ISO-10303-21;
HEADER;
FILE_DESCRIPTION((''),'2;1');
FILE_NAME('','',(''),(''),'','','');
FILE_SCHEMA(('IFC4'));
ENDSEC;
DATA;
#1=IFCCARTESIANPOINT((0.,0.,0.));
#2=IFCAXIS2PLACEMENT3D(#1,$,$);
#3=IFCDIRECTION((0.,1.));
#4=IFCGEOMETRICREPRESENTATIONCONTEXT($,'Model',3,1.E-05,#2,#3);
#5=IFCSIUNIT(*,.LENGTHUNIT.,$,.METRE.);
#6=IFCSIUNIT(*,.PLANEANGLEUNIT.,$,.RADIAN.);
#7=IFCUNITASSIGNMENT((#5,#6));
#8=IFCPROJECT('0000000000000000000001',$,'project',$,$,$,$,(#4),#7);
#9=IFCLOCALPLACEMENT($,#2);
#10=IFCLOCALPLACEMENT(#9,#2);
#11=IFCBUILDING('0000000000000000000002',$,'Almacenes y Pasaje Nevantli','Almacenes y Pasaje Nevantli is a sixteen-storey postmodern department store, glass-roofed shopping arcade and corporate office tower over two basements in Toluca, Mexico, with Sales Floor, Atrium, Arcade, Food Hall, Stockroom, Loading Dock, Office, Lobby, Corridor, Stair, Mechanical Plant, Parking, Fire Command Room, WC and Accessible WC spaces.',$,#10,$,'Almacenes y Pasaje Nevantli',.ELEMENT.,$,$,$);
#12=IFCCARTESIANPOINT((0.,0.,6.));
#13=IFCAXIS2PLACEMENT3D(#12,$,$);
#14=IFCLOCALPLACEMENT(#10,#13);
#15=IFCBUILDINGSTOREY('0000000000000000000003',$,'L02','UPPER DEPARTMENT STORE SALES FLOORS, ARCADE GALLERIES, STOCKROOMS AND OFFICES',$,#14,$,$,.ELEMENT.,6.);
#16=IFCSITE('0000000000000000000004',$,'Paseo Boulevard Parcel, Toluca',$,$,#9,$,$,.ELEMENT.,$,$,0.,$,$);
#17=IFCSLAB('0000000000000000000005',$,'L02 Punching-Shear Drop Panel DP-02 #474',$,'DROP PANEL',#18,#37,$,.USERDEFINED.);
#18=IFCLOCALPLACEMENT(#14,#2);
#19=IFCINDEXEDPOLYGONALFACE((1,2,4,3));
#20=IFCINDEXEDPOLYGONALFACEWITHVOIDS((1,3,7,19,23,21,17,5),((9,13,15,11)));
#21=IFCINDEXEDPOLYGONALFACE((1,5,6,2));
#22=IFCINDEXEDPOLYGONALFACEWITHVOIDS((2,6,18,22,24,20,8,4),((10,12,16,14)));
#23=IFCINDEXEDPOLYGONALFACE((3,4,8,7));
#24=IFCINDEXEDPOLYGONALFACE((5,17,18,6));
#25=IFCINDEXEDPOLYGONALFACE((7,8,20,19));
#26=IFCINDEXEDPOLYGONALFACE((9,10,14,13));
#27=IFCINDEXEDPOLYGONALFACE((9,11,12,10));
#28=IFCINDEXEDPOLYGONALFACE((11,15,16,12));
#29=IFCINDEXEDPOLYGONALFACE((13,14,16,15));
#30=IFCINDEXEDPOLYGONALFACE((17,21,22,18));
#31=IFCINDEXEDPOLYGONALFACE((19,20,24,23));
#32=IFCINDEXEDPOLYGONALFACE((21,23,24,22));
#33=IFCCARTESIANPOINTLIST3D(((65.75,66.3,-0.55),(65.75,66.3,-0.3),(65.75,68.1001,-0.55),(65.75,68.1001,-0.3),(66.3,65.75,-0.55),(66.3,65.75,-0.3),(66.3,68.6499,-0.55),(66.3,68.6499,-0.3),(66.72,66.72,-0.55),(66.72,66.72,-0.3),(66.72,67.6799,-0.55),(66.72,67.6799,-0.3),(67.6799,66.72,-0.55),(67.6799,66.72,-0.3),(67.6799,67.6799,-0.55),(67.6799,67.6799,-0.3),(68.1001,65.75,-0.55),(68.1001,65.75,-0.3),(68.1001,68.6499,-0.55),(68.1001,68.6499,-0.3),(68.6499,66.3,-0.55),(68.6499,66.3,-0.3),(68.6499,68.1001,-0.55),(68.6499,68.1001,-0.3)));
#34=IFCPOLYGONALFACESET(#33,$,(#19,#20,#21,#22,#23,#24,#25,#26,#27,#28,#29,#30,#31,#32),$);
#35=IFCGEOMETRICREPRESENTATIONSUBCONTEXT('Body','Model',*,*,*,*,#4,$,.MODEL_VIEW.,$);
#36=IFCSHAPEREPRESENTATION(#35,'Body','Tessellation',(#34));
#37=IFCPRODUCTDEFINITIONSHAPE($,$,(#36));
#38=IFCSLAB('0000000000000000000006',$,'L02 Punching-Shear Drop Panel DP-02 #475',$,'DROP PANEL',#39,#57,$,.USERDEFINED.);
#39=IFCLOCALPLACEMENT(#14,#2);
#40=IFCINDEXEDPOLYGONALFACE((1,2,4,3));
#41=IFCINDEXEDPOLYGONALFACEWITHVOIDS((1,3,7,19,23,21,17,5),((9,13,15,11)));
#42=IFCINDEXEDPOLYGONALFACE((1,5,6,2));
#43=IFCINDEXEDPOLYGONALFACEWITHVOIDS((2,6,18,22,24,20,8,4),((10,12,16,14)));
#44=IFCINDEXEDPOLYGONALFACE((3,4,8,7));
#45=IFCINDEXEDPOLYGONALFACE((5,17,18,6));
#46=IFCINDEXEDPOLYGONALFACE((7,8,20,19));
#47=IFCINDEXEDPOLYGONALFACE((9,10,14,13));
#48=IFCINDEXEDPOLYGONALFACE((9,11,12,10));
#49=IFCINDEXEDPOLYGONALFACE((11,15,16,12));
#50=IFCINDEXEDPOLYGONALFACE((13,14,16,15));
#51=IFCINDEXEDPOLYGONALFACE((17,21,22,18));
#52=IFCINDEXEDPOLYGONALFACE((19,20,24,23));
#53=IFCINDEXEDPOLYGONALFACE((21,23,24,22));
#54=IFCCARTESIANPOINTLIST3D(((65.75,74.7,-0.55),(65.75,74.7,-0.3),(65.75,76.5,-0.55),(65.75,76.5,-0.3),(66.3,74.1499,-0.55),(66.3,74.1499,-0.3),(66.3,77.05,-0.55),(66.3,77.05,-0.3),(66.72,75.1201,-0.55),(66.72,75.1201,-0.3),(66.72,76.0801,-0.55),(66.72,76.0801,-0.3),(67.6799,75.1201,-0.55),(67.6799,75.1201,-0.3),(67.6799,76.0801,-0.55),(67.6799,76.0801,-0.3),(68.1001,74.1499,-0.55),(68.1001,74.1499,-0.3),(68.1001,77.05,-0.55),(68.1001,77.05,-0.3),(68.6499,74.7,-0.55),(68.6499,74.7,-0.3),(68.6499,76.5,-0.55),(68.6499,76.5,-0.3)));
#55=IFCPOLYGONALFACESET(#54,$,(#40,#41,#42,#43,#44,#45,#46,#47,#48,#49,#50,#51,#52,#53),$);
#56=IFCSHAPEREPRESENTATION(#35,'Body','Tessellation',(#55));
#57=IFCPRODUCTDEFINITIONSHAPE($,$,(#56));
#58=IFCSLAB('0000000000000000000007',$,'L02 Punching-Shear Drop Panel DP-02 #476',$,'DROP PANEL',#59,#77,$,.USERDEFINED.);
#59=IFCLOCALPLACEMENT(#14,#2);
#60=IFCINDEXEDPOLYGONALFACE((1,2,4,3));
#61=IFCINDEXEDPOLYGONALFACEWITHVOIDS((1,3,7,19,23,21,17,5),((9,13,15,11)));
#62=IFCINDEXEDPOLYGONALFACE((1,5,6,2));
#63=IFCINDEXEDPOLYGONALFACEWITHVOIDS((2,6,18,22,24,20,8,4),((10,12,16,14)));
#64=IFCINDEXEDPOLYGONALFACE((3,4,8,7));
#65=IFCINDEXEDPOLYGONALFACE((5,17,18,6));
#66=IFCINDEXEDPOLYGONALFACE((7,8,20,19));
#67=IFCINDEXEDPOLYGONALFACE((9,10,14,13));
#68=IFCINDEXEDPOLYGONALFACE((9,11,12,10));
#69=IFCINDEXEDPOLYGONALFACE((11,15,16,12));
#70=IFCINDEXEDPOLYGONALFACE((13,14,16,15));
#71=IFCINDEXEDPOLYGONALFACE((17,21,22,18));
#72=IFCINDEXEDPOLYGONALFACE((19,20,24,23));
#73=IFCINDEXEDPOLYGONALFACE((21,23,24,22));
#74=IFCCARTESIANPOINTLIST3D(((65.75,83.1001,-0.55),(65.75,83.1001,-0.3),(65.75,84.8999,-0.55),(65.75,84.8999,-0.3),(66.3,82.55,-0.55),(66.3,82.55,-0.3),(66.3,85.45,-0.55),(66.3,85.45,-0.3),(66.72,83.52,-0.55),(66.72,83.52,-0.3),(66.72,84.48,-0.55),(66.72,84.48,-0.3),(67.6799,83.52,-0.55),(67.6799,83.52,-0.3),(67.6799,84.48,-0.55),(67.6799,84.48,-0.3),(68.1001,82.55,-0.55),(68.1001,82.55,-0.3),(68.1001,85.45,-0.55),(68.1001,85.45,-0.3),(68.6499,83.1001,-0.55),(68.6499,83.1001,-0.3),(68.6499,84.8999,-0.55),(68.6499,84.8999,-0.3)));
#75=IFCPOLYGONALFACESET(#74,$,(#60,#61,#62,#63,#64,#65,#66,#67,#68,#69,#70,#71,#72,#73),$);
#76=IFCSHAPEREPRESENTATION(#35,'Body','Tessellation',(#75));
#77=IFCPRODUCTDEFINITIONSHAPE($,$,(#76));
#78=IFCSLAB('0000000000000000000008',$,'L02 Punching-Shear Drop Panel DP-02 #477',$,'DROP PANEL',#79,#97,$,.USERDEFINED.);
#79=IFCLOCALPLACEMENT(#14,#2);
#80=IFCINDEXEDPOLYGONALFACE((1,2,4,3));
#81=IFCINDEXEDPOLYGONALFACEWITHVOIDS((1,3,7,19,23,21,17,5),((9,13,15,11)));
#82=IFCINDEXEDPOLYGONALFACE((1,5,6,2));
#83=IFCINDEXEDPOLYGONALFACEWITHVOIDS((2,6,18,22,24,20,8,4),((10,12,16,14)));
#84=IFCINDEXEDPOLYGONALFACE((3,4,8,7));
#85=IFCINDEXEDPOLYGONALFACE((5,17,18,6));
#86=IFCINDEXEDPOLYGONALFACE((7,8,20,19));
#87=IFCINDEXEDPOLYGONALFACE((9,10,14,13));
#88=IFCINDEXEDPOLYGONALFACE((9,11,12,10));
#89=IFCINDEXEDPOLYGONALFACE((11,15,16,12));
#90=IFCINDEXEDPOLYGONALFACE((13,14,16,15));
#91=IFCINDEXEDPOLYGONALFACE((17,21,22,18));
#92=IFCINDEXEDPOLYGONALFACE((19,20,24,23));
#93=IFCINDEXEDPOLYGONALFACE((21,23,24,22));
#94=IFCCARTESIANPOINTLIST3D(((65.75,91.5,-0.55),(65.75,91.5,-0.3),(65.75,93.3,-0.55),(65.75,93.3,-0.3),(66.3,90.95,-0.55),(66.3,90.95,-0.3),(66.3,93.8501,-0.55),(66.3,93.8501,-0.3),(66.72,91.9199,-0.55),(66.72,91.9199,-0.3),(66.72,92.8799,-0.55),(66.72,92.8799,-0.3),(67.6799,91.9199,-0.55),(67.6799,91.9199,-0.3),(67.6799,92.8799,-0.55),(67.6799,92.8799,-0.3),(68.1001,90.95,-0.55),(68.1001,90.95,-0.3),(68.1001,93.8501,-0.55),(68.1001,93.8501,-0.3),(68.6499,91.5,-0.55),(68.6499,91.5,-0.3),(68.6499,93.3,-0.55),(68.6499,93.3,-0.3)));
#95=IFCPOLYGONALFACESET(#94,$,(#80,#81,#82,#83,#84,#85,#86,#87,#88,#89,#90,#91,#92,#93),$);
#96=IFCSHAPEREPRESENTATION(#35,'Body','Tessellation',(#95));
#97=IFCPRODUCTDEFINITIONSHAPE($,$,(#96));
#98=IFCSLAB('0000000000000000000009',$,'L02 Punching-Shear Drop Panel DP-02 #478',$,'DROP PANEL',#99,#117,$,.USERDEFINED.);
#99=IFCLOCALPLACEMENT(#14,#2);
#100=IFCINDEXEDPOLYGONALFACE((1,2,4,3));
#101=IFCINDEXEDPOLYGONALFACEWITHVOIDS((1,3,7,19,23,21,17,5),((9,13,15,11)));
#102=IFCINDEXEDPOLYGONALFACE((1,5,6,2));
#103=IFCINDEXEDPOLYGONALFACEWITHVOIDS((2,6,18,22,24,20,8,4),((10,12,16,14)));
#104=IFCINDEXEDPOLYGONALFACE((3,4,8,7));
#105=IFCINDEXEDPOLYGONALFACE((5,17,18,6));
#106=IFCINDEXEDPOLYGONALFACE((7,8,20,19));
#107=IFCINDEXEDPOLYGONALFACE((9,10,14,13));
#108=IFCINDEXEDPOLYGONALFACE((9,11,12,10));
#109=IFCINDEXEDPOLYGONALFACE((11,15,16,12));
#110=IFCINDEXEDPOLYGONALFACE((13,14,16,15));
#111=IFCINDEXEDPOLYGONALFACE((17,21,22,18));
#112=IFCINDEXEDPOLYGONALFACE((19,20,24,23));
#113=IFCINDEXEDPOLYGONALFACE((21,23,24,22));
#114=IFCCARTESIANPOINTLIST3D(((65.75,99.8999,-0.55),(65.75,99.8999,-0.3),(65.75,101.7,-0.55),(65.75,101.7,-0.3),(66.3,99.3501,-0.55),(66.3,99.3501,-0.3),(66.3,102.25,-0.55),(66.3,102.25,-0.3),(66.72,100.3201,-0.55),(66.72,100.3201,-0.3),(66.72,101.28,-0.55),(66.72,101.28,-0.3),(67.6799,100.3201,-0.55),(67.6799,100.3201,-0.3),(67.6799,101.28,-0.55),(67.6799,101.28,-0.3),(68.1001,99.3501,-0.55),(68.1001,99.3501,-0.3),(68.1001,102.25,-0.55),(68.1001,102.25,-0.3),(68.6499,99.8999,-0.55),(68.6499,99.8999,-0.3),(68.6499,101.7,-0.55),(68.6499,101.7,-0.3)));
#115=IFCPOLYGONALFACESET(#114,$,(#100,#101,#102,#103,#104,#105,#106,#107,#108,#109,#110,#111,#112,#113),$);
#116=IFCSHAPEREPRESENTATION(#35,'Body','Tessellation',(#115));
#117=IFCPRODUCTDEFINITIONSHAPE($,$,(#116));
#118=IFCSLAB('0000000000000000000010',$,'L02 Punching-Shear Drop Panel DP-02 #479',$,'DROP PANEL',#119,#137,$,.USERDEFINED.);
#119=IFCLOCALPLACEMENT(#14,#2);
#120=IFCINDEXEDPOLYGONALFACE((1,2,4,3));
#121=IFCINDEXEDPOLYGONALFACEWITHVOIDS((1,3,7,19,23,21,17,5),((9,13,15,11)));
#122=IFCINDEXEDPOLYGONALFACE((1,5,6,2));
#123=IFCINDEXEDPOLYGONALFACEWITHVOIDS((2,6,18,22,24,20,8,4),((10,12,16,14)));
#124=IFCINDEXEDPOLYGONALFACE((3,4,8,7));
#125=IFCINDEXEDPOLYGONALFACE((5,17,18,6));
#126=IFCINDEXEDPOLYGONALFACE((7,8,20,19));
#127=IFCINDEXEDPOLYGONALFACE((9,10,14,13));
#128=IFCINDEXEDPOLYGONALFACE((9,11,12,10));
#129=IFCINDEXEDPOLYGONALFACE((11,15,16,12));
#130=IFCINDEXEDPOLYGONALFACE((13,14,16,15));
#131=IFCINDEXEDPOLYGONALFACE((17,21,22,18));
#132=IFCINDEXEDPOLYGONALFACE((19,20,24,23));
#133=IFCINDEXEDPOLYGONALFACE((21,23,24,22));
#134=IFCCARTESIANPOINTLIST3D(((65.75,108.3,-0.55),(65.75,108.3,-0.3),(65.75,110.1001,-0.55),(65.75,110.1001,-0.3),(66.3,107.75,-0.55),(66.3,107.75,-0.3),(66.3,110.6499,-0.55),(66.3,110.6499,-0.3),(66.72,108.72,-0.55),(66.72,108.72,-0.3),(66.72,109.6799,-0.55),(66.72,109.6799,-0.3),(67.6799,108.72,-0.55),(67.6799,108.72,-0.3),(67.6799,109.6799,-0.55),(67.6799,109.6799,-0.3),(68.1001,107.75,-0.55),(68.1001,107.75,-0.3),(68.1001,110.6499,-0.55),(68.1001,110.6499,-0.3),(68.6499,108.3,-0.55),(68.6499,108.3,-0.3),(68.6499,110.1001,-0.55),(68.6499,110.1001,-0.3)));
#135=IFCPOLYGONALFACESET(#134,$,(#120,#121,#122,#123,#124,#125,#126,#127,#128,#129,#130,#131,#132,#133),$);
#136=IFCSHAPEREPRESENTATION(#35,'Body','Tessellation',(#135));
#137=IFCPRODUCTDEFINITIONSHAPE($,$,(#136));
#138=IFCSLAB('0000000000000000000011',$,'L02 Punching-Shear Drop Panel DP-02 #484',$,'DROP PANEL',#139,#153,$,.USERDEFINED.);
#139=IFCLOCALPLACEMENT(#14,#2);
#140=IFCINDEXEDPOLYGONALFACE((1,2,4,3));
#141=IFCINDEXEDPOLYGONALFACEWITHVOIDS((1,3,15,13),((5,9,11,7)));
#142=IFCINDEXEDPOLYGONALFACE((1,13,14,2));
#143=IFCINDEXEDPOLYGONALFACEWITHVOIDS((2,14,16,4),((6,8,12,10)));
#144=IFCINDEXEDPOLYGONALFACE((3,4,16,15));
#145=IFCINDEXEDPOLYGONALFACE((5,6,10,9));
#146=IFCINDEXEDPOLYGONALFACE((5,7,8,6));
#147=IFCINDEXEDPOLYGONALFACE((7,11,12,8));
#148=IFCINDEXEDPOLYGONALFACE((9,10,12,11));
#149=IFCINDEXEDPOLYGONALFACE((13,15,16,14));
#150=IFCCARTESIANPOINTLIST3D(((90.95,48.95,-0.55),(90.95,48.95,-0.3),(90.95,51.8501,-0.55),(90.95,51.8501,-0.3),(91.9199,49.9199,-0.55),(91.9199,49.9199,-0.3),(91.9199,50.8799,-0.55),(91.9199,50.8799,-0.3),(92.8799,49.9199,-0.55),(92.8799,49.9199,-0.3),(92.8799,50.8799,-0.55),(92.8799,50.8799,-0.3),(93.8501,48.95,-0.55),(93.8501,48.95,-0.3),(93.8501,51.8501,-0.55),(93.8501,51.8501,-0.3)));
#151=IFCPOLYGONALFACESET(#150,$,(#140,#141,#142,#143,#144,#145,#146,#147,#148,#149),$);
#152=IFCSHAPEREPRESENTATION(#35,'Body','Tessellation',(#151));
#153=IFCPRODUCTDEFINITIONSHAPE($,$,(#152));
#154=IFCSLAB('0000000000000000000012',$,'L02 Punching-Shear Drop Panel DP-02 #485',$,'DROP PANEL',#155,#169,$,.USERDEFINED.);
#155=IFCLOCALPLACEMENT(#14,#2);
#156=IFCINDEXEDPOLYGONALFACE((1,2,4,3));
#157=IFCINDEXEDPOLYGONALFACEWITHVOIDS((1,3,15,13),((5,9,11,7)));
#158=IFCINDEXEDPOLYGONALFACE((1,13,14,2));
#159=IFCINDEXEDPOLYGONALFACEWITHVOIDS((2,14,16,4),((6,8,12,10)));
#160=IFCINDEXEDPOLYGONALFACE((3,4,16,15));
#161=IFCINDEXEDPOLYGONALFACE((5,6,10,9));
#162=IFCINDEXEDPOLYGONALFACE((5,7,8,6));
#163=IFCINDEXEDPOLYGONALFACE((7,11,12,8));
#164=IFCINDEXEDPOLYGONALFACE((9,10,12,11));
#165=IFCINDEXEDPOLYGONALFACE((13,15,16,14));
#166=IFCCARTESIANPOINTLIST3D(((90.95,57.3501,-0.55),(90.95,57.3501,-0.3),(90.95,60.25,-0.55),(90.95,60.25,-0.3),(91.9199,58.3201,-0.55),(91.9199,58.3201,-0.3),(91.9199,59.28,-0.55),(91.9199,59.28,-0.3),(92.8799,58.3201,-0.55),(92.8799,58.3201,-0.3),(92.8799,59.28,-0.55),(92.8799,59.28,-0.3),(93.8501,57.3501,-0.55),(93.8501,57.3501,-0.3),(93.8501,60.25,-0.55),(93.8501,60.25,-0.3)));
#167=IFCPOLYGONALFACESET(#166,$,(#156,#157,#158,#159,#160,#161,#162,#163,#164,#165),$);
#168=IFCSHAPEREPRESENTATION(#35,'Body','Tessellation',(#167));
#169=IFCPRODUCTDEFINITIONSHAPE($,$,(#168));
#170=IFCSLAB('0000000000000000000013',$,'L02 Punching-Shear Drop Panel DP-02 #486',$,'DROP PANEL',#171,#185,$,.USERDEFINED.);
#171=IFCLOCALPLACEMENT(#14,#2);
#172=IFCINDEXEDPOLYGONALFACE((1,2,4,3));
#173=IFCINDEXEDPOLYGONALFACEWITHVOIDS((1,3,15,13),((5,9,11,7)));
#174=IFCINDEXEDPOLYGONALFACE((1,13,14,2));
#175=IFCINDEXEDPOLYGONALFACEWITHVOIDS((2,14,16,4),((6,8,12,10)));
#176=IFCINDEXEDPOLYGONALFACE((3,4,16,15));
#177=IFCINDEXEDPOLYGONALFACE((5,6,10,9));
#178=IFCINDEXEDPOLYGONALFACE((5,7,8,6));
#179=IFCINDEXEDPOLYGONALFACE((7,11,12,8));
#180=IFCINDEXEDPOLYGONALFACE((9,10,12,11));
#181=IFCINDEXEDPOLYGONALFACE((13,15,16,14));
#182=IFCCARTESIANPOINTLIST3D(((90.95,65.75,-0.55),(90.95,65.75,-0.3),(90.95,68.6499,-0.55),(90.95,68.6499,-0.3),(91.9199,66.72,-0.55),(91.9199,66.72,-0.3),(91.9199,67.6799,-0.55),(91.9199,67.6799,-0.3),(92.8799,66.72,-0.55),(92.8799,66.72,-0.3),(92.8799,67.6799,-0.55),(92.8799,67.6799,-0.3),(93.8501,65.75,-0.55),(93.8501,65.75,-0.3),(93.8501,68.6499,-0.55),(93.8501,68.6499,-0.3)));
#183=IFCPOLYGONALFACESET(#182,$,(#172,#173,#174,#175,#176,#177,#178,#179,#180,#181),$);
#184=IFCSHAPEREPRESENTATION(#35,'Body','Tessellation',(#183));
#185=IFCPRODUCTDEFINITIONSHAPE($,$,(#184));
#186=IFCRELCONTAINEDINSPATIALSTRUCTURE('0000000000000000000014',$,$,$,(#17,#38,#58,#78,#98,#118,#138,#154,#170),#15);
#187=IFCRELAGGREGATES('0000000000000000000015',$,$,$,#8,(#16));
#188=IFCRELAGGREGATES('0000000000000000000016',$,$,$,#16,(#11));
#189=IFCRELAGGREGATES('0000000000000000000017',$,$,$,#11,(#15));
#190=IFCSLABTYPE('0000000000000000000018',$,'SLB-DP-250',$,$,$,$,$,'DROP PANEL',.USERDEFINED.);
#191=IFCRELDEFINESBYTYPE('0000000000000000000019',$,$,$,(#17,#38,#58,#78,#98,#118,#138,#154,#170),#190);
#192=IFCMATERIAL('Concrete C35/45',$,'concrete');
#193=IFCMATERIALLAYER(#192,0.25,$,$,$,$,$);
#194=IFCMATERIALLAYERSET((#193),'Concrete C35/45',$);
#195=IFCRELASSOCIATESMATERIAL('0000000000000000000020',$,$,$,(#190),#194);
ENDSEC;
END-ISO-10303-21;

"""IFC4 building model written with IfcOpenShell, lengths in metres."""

from ifc_helpers import new_model, si_unit, direction, frame, origin, place, context, subcontext, project, spatial, polyline, outline, extrude, material, layer, layer_set, type_object, element, save


model = new_model("IFC4")

# Units and contexts
model_context = context("Model", 3, precision=1e-05, world=origin(), true_north=direction((0.0, 1.0)))
body_context = subcontext(model_context, "Body", "Model", "MODEL_VIEW")
ifc_project = project(units=[si_unit("LENGTHUNIT", "METRE"), si_unit("PLANEANGLEUNIT", "RADIAN")], contexts=[model_context])

# Site, building, storey
site_placement = place(None, origin())
site = spatial("IfcSite", under=ifc_project, at=site_placement, Name="Paseo Boulevard Parcel, Toluca", CompositionType="ELEMENT", RefElevation=0.0)
building_placement = place(site_placement, origin())
building = spatial("IfcBuilding", under=site, at=building_placement, Name="Almacenes y Pasaje Nevantli", Description="Almacenes y Pasaje Nevantli is a sixteen-storey postmodern department store, glass-roofed shopping arcade and corporate office tower over two basements in Toluca, Mexico, with Sales Floor, Atrium, Arcade, Food Hall, Stockroom, Loading Dock, Office, Lobby, Corridor, Stair, Mechanical Plant, Parking, Fire Command Room, WC and Accessible WC spaces.", LongName="Almacenes y Pasaje Nevantli", CompositionType="ELEMENT")
storey_placement = place(building_placement, frame((0.0, 0.0, 6.0)))
storey = spatial("IfcBuildingStorey", under=building, at=storey_placement, Name="L02", Description="UPPER DEPARTMENT STORE SALES FLOORS, ARCADE GALLERIES, STOCKROOMS AND OFFICES", CompositionType="ELEMENT", Elevation=6.0)

# Slabs
ifc_material = material(Name="Concrete C35/45", Category="concrete")
ifc_layer = layer(ifc_material, 0.25)
ifc_layer_set = layer_set([ifc_layer], Name="Concrete C35/45")
slab_type = type_object("IfcSlabType", Name="SLB-DP-250", ElementType="DROP PANEL", PredefinedType="USERDEFINED", material=ifc_layer_set)
slab_1_placement = place(storey_placement, frame((0.0, 0.0, -0.55)))
element("IfcSlab", 1, at=slab_1_placement, inside=storey, type_object=slab_type, Name="L02 Punching-Shear Drop Panel DP-02 #474", ObjectType="DROP PANEL", PredefinedType="USERDEFINED", context=body_context, shape_type="SweptSolid", body=[
    extrude(outline(polyline([(66.3, 65.75), (68.1001, 65.75), (68.6499, 66.3), (68.6499, 68.1001), (68.1001, 68.6499), (66.3, 68.6499), (65.75, 68.1001), (65.75, 66.3), (66.3, 65.75)]), holes=[polyline([(66.72, 66.72), (67.6799, 66.72), (67.6799, 67.6799), (66.72, 67.6799), (66.72, 66.72)])]), origin(), (0.0, 0.0, 1.0), 0.25),
])
slab_2_placement = place(storey_placement, frame((0.0, 0.0, -0.55)))
element("IfcSlab", 2, at=slab_2_placement, inside=storey, type_object=slab_type, Name="L02 Punching-Shear Drop Panel DP-02 #475", ObjectType="DROP PANEL", PredefinedType="USERDEFINED", context=body_context, shape_type="SweptSolid", body=[
    extrude(outline(polyline([(66.3, 74.1499), (68.1001, 74.1499), (68.6499, 74.7), (68.6499, 76.5), (68.1001, 77.05), (66.3, 77.05), (65.75, 76.5), (65.75, 74.7), (66.3, 74.1499)]), holes=[polyline([(66.72, 75.1201), (67.6799, 75.1201), (67.6799, 76.0801), (66.72, 76.0801), (66.72, 75.1201)])]), origin(), (0.0, 0.0, 1.0), 0.25),
])
slab_3_placement = place(storey_placement, frame((0.0, 0.0, -0.55)))
element("IfcSlab", 3, at=slab_3_placement, inside=storey, type_object=slab_type, Name="L02 Punching-Shear Drop Panel DP-02 #476", ObjectType="DROP PANEL", PredefinedType="USERDEFINED", context=body_context, shape_type="SweptSolid", body=[
    extrude(outline(polyline([(66.3, 82.55), (68.1001, 82.55), (68.6499, 83.1001), (68.6499, 84.8999), (68.1001, 85.45), (66.3, 85.45), (65.75, 84.8999), (65.75, 83.1001), (66.3, 82.55)]), holes=[polyline([(66.72, 83.52), (67.6799, 83.52), (67.6799, 84.48), (66.72, 84.48), (66.72, 83.52)])]), origin(), (0.0, 0.0, 1.0), 0.25),
])
slab_4_placement = place(storey_placement, frame((0.0, 0.0, -0.55)))
element("IfcSlab", 4, at=slab_4_placement, inside=storey, type_object=slab_type, Name="L02 Punching-Shear Drop Panel DP-02 #477", ObjectType="DROP PANEL", PredefinedType="USERDEFINED", context=body_context, shape_type="SweptSolid", body=[
    extrude(outline(polyline([(66.3, 90.95), (68.1001, 90.95), (68.6499, 91.5), (68.6499, 93.3), (68.1001, 93.8501), (66.3, 93.8501), (65.75, 93.3), (65.75, 91.5), (66.3, 90.95)]), holes=[polyline([(66.72, 91.9199), (67.6799, 91.9199), (67.6799, 92.8799), (66.72, 92.8799), (66.72, 91.9199)])]), origin(), (0.0, 0.0, 1.0), 0.25),
])
slab_5_placement = place(storey_placement, frame((0.0, 0.0, -0.55)))
element("IfcSlab", 5, at=slab_5_placement, inside=storey, type_object=slab_type, Name="L02 Punching-Shear Drop Panel DP-02 #478", ObjectType="DROP PANEL", PredefinedType="USERDEFINED", context=body_context, shape_type="SweptSolid", body=[
    extrude(outline(polyline([(66.3, 99.3501), (68.1001, 99.3501), (68.6499, 99.8999), (68.6499, 101.7), (68.1001, 102.25), (66.3, 102.25), (65.75, 101.7), (65.75, 99.8999), (66.3, 99.3501)]), holes=[polyline([(66.72, 100.3201), (67.6799, 100.3201), (67.6799, 101.28), (66.72, 101.28), (66.72, 100.3201)])]), origin(), (0.0, 0.0, 1.0), 0.25),
])
slab_6_placement = place(storey_placement, frame((0.0, 0.0, -0.55)))
element("IfcSlab", 6, at=slab_6_placement, inside=storey, type_object=slab_type, Name="L02 Punching-Shear Drop Panel DP-02 #479", ObjectType="DROP PANEL", PredefinedType="USERDEFINED", context=body_context, shape_type="SweptSolid", body=[
    extrude(outline(polyline([(66.3, 107.75), (68.1001, 107.75), (68.6499, 108.3), (68.6499, 110.1001), (68.1001, 110.6499), (66.3, 110.6499), (65.75, 110.1001), (65.75, 108.3), (66.3, 107.75)]), holes=[polyline([(66.72, 108.72), (67.6799, 108.72), (67.6799, 109.6799), (66.72, 109.6799), (66.72, 108.72)])]), origin(), (0.0, 0.0, 1.0), 0.25),
])
slab_7_placement = place(storey_placement, frame((0.0, 0.0, -0.55)))
element("IfcSlab", 7, at=slab_7_placement, inside=storey, type_object=slab_type, Name="L02 Punching-Shear Drop Panel DP-02 #484", ObjectType="DROP PANEL", PredefinedType="USERDEFINED", context=body_context, shape_type="SweptSolid", body=[
    extrude(outline(polyline([(90.95, 48.95), (93.8501, 48.95), (93.8501, 51.8501), (90.95, 51.8501), (90.95, 48.95)]), holes=[polyline([(91.9199, 49.9199), (92.8799, 49.9199), (92.8799, 50.8799), (91.9199, 50.8799), (91.9199, 49.9199)])]), origin(), (0.0, 0.0, 1.0), 0.25),
])
slab_8_placement = place(storey_placement, frame((0.0, 0.0, -0.55)))
element("IfcSlab", 8, at=slab_8_placement, inside=storey, type_object=slab_type, Name="L02 Punching-Shear Drop Panel DP-02 #485", ObjectType="DROP PANEL", PredefinedType="USERDEFINED", context=body_context, shape_type="SweptSolid", body=[
    extrude(outline(polyline([(90.95, 57.3501), (93.8501, 57.3501), (93.8501, 60.25), (90.95, 60.25), (90.95, 57.3501)]), holes=[polyline([(91.9199, 58.3201), (92.8799, 58.3201), (92.8799, 59.28), (91.9199, 59.28), (91.9199, 58.3201)])]), origin(), (0.0, 0.0, 1.0), 0.25),
])
slab_9_placement = place(storey_placement, frame((0.0, 0.0, -0.55)))
element("IfcSlab", 9, at=slab_9_placement, inside=storey, type_object=slab_type, Name="L02 Punching-Shear Drop Panel DP-02 #486", ObjectType="DROP PANEL", PredefinedType="USERDEFINED", context=body_context, shape_type="SweptSolid", body=[
    extrude(outline(polyline([(90.95, 65.75), (93.8501, 65.75), (93.8501, 68.6499), (90.95, 68.6499), (90.95, 65.75)]), holes=[polyline([(91.9199, 66.72), (92.8799, 66.72), (92.8799, 67.6799), (91.9199, 67.6799), (91.9199, 66.72)])]), origin(), (0.0, 0.0, 1.0), 0.25),
])

save(model, "model.ifc")
